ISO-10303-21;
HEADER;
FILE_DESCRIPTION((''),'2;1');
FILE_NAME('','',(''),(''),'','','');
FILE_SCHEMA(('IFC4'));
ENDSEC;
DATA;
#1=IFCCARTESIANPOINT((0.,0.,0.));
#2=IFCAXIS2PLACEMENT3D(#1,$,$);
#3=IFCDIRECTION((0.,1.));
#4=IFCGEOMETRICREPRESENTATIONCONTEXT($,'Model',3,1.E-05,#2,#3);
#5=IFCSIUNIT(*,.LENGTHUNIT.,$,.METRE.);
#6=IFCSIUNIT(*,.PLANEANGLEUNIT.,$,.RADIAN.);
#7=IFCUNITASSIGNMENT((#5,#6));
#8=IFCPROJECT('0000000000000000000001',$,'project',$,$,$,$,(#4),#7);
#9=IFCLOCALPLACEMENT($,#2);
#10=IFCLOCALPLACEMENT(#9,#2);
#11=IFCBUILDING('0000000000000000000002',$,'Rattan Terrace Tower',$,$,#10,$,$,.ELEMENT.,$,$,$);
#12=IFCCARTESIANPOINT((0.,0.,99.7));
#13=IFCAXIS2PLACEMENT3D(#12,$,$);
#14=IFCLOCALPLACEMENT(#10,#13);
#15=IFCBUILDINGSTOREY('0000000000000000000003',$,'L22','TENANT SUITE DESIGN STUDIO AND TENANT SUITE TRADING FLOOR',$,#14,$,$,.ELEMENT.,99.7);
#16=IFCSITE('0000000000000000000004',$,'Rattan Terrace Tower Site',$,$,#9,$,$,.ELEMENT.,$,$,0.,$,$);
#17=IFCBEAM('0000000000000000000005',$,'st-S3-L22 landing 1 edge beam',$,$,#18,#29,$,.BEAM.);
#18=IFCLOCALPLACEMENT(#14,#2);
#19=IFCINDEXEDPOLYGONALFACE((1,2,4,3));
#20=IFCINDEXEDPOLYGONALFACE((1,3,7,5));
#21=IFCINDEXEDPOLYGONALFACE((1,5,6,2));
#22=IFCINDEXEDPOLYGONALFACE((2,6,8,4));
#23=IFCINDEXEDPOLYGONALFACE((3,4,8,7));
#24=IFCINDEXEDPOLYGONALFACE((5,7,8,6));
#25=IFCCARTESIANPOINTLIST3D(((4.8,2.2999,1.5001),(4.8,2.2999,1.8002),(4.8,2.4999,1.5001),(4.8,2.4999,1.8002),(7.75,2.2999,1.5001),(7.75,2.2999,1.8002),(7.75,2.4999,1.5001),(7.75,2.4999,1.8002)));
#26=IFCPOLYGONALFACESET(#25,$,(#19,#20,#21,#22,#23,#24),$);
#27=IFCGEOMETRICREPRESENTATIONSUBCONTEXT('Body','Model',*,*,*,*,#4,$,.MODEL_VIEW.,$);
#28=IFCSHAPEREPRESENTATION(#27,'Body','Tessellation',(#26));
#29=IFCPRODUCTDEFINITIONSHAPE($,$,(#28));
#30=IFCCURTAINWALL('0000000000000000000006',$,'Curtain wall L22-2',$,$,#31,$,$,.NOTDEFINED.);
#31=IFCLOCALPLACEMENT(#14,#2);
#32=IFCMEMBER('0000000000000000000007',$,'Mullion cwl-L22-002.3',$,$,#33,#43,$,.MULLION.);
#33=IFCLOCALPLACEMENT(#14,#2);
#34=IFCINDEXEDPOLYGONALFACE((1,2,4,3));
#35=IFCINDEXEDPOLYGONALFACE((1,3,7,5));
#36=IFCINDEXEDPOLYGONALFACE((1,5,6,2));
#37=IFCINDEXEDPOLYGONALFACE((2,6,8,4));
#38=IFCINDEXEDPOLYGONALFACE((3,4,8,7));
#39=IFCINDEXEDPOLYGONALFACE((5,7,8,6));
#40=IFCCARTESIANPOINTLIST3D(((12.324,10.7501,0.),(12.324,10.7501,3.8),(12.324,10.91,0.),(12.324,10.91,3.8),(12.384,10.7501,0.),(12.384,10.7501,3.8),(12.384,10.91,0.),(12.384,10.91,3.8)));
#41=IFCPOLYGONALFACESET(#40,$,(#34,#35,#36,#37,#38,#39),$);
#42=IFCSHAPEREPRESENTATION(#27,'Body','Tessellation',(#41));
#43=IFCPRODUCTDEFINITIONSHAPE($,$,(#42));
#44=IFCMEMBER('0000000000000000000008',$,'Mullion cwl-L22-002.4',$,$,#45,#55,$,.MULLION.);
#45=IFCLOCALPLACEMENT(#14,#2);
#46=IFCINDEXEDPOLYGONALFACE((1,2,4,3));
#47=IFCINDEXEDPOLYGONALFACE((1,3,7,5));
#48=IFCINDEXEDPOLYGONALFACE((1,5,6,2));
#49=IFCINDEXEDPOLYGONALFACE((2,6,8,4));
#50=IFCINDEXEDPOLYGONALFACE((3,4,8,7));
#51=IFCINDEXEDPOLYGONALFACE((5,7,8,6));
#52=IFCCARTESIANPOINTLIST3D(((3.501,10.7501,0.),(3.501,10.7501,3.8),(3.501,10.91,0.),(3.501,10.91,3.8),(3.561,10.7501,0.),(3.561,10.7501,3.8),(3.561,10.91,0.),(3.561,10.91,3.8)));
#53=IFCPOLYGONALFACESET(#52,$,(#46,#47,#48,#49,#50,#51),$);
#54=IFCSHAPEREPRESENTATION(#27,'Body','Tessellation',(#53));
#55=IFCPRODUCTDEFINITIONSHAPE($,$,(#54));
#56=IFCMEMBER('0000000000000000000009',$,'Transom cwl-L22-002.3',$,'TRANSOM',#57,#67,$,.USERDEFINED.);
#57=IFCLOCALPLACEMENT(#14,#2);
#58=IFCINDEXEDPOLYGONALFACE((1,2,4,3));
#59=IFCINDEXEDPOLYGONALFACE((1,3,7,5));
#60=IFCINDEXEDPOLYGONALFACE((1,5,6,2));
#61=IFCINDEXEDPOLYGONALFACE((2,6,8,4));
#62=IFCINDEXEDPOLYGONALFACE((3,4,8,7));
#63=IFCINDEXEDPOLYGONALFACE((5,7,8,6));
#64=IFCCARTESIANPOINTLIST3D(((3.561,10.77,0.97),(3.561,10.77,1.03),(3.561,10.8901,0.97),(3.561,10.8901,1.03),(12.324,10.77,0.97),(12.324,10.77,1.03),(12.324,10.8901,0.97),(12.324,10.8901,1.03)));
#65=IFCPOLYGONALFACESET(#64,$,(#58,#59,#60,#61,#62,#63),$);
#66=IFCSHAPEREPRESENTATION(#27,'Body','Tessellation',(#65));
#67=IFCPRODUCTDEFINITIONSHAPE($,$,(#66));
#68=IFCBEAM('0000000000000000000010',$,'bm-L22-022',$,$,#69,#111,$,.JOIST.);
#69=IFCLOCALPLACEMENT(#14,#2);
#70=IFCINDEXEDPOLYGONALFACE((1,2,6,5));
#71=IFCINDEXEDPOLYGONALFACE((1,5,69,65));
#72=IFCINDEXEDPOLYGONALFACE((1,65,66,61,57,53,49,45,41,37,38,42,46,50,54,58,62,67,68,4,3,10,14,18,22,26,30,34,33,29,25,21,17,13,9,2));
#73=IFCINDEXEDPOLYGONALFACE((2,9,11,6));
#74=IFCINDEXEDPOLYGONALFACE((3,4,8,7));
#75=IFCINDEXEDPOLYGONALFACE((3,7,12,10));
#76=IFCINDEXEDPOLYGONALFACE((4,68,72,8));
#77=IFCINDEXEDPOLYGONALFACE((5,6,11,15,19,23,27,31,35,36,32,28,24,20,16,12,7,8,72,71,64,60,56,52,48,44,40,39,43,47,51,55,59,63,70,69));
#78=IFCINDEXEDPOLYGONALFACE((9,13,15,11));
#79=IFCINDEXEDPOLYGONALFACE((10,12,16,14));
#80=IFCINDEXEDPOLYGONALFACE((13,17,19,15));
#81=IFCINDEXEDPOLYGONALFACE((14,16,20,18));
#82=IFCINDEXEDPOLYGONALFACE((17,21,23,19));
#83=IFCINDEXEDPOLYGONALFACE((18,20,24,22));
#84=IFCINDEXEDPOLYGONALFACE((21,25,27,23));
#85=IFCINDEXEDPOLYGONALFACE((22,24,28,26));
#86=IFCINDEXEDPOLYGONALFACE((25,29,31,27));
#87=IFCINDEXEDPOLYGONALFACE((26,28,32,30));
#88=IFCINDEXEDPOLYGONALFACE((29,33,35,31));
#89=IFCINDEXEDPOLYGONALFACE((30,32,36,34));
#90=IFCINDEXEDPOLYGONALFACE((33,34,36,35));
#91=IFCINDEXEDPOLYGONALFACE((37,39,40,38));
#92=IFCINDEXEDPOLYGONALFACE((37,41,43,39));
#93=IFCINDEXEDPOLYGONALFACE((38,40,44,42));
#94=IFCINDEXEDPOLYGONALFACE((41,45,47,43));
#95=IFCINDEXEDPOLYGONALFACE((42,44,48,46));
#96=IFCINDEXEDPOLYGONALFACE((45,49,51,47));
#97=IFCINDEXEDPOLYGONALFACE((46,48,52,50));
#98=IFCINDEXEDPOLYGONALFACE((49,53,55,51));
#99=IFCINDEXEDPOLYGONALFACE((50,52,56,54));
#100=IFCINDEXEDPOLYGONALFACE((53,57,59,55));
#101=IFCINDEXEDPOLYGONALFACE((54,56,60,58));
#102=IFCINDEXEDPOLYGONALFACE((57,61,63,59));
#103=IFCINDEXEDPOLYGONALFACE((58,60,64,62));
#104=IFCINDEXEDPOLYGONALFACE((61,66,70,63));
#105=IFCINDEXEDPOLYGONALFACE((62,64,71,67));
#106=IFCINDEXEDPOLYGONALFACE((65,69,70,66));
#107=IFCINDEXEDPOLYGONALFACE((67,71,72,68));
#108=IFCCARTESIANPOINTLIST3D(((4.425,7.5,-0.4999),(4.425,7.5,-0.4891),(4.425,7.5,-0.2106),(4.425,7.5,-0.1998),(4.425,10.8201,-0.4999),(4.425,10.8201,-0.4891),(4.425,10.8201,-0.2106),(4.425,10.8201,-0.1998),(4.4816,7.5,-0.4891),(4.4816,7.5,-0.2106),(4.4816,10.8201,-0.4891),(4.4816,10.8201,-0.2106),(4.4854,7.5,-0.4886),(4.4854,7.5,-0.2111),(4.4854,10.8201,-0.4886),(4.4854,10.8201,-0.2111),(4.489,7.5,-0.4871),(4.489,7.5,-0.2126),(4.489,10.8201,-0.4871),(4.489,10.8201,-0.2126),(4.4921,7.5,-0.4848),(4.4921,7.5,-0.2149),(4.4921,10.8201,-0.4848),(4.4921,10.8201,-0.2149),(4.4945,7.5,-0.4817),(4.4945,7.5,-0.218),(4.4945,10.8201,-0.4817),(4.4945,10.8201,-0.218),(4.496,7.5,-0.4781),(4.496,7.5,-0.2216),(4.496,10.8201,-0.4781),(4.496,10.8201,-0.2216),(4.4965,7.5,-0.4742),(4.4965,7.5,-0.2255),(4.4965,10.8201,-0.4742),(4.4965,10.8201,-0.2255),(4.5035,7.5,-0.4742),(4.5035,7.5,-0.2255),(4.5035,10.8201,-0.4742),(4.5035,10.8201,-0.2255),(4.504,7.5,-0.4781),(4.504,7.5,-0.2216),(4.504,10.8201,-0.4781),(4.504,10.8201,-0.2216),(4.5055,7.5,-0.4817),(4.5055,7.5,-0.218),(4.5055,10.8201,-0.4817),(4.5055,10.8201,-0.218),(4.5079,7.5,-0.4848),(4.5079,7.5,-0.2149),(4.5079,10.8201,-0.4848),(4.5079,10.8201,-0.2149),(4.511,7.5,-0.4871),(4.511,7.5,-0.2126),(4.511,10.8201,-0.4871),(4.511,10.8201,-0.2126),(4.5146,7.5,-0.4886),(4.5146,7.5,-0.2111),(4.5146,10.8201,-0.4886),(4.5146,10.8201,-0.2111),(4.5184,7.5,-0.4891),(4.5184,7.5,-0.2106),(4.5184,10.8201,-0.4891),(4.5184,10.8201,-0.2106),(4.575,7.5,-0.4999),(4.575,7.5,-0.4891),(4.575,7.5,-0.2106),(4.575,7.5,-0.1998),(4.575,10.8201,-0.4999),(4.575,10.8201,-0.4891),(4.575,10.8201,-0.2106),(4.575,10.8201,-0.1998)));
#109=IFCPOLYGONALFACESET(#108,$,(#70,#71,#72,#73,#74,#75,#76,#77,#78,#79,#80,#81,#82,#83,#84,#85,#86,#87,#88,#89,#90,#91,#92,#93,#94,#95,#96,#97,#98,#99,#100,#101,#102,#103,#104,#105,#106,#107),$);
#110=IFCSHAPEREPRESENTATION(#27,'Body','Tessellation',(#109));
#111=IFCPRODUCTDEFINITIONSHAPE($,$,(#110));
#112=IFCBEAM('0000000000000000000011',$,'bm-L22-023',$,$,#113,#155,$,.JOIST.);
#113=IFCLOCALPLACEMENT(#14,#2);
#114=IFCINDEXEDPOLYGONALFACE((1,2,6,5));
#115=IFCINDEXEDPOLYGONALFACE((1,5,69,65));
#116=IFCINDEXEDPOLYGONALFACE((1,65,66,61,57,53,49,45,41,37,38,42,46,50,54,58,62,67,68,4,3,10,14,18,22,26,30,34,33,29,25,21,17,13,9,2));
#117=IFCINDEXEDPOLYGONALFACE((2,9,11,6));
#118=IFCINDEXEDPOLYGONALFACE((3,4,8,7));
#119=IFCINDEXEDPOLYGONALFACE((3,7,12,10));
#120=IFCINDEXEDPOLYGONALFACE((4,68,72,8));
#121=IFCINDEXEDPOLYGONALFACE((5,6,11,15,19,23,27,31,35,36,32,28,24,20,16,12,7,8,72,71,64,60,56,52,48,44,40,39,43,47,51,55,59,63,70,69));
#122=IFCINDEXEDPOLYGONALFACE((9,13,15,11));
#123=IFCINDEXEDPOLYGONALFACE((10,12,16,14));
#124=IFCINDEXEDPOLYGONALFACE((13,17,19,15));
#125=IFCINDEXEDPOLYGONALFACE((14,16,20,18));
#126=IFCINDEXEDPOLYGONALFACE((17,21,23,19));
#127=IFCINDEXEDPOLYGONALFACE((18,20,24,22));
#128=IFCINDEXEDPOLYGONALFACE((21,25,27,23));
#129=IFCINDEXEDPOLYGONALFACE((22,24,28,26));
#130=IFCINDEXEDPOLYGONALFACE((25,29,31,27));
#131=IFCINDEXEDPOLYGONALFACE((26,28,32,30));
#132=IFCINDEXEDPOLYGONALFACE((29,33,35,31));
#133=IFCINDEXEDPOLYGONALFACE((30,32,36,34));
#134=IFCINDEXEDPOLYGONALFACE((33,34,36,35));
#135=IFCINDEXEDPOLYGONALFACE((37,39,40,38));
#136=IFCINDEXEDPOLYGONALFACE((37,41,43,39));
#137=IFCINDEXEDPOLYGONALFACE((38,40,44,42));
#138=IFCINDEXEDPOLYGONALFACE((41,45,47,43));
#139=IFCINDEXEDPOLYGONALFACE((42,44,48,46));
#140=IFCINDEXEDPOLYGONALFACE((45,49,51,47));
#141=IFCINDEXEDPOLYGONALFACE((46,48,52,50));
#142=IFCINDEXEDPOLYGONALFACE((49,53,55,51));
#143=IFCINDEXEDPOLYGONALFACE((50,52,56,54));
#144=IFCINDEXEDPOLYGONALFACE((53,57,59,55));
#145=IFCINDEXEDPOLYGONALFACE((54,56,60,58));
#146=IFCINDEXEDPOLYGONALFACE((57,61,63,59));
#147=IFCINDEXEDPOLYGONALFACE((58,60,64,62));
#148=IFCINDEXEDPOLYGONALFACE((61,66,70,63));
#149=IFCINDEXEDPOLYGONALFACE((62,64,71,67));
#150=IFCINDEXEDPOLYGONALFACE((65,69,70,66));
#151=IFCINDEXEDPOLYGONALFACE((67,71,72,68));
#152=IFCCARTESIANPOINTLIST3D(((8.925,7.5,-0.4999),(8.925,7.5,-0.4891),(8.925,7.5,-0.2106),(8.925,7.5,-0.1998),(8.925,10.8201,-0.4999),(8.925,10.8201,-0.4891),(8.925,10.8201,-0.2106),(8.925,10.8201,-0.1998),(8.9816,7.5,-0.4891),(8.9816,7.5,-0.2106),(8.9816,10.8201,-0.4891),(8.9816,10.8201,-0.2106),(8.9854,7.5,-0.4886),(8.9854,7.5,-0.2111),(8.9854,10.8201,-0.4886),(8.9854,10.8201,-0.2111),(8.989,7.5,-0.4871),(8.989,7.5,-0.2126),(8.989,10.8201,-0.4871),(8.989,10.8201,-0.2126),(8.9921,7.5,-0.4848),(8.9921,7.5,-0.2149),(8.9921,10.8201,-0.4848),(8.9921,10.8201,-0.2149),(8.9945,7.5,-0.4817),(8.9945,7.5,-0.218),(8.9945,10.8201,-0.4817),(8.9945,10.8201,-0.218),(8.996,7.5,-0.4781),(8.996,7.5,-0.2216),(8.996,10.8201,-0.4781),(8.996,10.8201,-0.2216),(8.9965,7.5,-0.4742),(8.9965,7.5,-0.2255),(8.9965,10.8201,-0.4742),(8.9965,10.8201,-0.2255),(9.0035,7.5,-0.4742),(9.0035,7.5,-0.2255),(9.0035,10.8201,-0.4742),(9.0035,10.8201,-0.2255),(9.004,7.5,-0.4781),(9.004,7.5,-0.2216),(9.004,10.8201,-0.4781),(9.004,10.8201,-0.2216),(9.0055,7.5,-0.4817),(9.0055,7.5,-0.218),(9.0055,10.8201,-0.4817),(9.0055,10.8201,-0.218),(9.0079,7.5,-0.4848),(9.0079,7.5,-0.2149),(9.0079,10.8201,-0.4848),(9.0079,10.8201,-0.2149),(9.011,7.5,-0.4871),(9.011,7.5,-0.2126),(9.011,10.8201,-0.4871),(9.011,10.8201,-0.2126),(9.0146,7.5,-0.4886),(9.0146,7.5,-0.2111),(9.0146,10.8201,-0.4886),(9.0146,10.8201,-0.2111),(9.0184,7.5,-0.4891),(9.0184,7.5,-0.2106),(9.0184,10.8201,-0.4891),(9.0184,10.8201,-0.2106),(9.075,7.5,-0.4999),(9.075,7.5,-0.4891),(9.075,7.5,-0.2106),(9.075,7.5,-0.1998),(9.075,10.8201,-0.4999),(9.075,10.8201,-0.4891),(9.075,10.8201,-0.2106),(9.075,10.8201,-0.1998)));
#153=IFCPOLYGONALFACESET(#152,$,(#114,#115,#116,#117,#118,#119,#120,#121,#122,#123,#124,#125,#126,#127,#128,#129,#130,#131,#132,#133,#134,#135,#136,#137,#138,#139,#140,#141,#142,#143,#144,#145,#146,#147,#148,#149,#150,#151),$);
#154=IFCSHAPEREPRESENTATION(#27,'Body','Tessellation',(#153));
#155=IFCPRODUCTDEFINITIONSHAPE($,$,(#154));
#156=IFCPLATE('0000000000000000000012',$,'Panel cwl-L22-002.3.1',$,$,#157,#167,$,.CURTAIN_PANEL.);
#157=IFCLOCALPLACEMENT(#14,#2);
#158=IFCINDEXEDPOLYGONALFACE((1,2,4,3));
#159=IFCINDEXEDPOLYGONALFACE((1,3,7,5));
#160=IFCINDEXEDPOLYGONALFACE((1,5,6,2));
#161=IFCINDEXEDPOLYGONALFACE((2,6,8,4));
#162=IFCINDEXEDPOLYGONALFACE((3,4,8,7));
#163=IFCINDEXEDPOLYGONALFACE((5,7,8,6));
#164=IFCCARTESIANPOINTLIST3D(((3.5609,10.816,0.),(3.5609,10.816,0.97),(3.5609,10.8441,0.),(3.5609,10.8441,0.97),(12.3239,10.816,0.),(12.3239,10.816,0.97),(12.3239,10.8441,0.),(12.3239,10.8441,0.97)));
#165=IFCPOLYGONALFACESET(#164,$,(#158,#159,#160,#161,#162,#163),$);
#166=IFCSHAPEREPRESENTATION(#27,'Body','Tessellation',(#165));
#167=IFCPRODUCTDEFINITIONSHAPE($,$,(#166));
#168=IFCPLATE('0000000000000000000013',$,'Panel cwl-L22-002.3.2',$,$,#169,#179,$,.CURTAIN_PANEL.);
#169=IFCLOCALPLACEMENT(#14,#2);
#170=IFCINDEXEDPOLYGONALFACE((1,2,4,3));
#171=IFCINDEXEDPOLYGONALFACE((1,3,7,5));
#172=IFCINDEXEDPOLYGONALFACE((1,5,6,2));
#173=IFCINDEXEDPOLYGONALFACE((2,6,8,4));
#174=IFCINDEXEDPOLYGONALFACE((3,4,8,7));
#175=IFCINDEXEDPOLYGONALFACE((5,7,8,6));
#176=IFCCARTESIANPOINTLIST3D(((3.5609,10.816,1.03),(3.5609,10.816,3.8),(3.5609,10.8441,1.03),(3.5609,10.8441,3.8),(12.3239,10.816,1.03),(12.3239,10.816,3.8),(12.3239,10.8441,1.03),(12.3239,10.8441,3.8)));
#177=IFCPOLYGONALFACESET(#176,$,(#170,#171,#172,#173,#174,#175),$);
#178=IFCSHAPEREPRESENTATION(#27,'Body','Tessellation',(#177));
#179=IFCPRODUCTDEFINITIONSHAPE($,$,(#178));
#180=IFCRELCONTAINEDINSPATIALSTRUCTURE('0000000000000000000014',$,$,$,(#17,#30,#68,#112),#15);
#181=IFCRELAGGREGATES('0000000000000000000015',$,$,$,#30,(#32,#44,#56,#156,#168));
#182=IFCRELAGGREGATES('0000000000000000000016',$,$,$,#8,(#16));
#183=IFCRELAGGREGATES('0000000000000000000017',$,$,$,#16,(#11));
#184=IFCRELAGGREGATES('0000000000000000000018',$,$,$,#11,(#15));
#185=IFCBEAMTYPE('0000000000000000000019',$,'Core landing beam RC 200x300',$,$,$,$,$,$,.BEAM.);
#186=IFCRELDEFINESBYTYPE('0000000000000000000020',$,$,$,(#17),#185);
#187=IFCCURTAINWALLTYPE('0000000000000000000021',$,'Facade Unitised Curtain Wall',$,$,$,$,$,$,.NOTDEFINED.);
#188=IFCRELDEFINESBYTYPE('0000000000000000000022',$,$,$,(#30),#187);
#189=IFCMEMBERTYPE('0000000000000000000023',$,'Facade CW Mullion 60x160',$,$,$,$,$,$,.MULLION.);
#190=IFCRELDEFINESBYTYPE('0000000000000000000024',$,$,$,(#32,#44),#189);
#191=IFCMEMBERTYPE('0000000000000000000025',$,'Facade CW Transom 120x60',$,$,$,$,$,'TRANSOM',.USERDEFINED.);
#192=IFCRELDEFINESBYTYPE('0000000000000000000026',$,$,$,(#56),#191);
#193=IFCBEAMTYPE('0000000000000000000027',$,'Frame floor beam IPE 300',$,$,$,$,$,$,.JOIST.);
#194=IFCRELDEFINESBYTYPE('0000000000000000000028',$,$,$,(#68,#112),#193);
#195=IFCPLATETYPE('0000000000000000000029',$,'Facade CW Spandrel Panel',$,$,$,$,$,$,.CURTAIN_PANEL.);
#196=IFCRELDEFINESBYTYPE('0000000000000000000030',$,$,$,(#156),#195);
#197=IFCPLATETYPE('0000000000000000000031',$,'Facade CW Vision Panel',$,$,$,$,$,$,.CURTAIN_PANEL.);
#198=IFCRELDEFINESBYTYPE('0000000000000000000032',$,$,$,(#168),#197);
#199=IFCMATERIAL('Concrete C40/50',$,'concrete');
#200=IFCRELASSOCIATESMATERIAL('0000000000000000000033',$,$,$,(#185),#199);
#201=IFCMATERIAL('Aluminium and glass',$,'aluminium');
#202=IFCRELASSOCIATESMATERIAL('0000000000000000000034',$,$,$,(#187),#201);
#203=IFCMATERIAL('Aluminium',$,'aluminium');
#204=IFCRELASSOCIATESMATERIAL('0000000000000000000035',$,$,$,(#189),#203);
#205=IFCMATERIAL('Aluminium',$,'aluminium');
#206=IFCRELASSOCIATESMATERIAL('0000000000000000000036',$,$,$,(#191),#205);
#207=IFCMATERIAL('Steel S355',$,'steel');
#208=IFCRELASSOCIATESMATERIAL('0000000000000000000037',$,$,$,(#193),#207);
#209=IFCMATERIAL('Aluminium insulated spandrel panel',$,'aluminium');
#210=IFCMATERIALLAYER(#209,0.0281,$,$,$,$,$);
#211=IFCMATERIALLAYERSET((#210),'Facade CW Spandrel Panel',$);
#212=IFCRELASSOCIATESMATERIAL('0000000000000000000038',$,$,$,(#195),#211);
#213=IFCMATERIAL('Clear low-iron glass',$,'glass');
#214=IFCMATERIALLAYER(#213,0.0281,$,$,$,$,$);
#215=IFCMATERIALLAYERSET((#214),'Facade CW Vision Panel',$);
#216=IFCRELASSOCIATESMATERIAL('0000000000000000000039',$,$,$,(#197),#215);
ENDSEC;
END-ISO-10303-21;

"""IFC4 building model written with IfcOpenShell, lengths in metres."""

from ifc_helpers import new_model, si_unit, direction, frame, origin, origin_2d, place, context, subcontext, project, spatial, rectangle, i_section, extrude, material, layer, layer_set, material_profile, profile_set, type_object, element, aggregate, save


model = new_model("IFC4")

# Units and contexts
model_context = context("Model", 3, precision=1e-05, world=origin(), true_north=direction((0.0, 1.0)))
body_context = subcontext(model_context, "Body", "Model", "MODEL_VIEW")
ifc_project = project(units=[si_unit("LENGTHUNIT", "METRE"), si_unit("PLANEANGLEUNIT", "RADIAN")], contexts=[model_context])

# Site, building, storey
site_placement = place(None, origin())
site = spatial("IfcSite", under=ifc_project, at=site_placement, Name="Rattan Terrace Tower Site", CompositionType="ELEMENT", RefElevation=0.0)
building_placement = place(site_placement, origin())
building = spatial("IfcBuilding", under=site, at=building_placement, Name="Rattan Terrace Tower", CompositionType="ELEMENT")
storey_placement = place(building_placement, frame((0.0, 0.0, 99.7)))
storey = spatial("IfcBuildingStorey", under=building, at=storey_placement, Name="L22", Description="TENANT SUITE DESIGN STUDIO AND TENANT SUITE TRADING FLOOR", CompositionType="ELEMENT", Elevation=99.7)

# Beam
ifc_material_1 = material(Name="Concrete C40/50", Category="concrete")
ifc_material_profile_1 = material_profile(ifc_material_1, rectangle(XDim=0.2, YDim=0.3, at=origin_2d()), Name="RC 200x300")
ifc_profile_set_1 = profile_set([ifc_material_profile_1], Name="Concrete C40/50")
beam_type_1 = type_object("IfcBeamType", Name="Core landing beam RC 200x300", PredefinedType="BEAM", material=ifc_profile_set_1)
beam_placement = place(storey_placement, frame((4.8, 2.3999, 1.6501), z_axis=(1.0, 0.0, 0.0), x_axis=(0.0, 1.0, 0.0)))
element("IfcBeam", 1, at=beam_placement, inside=storey, type_object=beam_type_1, Name="st-S3-L22 landing 1 edge beam", PredefinedType="BEAM", context=body_context, shape_type="SweptSolid", body=[
    extrude(rectangle(XDim=0.2, YDim=0.3, at=origin_2d()), origin(), (0.0, 0.0, 1.0), 2.95),
])

# Curtain wall, members
ifc_material_2 = material(Name="Aluminium and glass", Category="aluminium")
curtain_wall_type = type_object("IfcCurtainWallType", Name="Facade Unitised Curtain Wall", PredefinedType="NOTDEFINED", material=ifc_material_2)
curtain_wall_placement = place(storey_placement, origin())
curtain_wall = element("IfcCurtainWall", 2, at=curtain_wall_placement, inside=storey, type_object=curtain_wall_type, Name="Curtain wall L22-2", PredefinedType="NOTDEFINED")
ifc_material_3 = material(Name="Aluminium", Category="aluminium")
ifc_material_profile_2 = material_profile(ifc_material_3, rectangle(XDim=0.0601, YDim=0.1599, at=origin_2d()), Name="Aluminium 60x160")
ifc_profile_set_2 = profile_set([ifc_material_profile_2], Name="Aluminium")
member_type_1 = type_object("IfcMemberType", Name="Facade CW Mullion 60x160", PredefinedType="MULLION", material=ifc_profile_set_2)
member_1_placement = place(storey_placement, frame((12.354, 10.8301, 0.0), z_axis=(0.0, 0.0, 1.0), x_axis=(-1.0, 0.0, 0.0)))
member_1 = element("IfcMember", 3, at=member_1_placement, type_object=member_type_1, Name="Mullion cwl-L22-002.3", PredefinedType="MULLION", context=body_context, shape_type="SweptSolid", body=[
    extrude(rectangle(XDim=0.0601, YDim=0.1599, at=origin_2d()), origin(), (0.0, 0.0, 1.0), 3.8),
])
member_2_placement = place(storey_placement, frame((3.531, 10.8301, 0.0), z_axis=(0.0, 0.0, 1.0), x_axis=(-1.0, 0.0, 0.0)))
member_2 = element("IfcMember", 4, at=member_2_placement, type_object=member_type_1, Name="Mullion cwl-L22-002.4", PredefinedType="MULLION", context=body_context, shape_type="SweptSolid", body=[
    extrude(rectangle(XDim=0.0601, YDim=0.1599, at=origin_2d()), origin(), (0.0, 0.0, 1.0), 3.8),
])
ifc_material_4 = material(Name="Aluminium", Category="aluminium")
ifc_material_profile_3 = material_profile(ifc_material_4, rectangle(XDim=0.1201, YDim=0.0601, at=origin_2d()), Name="Aluminium 120x60")
ifc_profile_set_3 = profile_set([ifc_material_profile_3], Name="Aluminium")
member_type_2 = type_object("IfcMemberType", Name="Facade CW Transom 120x60", ElementType="TRANSOM", PredefinedType="USERDEFINED", material=ifc_profile_set_3)
member_3_placement = place(storey_placement, frame((12.324, 10.8301, 1.0), z_axis=(-1.0, 0.0, 0.0), x_axis=(0.0, -1.0, 0.0)))
member_3 = element("IfcMember", 5, at=member_3_placement, type_object=member_type_2, Name="Transom cwl-L22-002.3", ObjectType="TRANSOM", PredefinedType="USERDEFINED", context=body_context, shape_type="SweptSolid", body=[
    extrude(rectangle(XDim=0.1201, YDim=0.0601, at=origin_2d()), origin(), (0.0, 0.0, 1.0), 8.7629),
])

# Beams
ifc_material_5 = material(Name="Steel S355", Category="steel")
ifc_material_profile_4 = material_profile(ifc_material_5, i_section(OverallWidth=0.1499, OverallDepth=0.3, WebThickness=0.0071, FlangeThickness=0.0107, FilletRadius=0.0149, at=origin_2d()), Name="IPE 300")
ifc_profile_set_4 = profile_set([ifc_material_profile_4], Name="Steel S355")
beam_type_2 = type_object("IfcBeamType", Name="Frame floor beam IPE 300", PredefinedType="JOIST", material=ifc_profile_set_4)
for number, where, z_axis, x_axis, name in (
    (6, (4.5, 7.5, -0.3499), (0.0, 1.0, 0.0), (-1.0, 0.0, 0.0), "bm-L22-022"),
    (7, (9.0, 7.5, -0.3499), (0.0, 1.0, 0.0), (-1.0, 0.0, 0.0), "bm-L22-023"),
):
    element("IfcBeam", number, at=place(storey_placement, frame(where, z_axis=z_axis, x_axis=x_axis)), inside=storey, type_object=beam_type_2, Name=name, PredefinedType="JOIST", context=body_context, shape_type="SweptSolid", body=[
        extrude(i_section(OverallWidth=0.1499, OverallDepth=0.3, WebThickness=0.0071, FlangeThickness=0.0107, FilletRadius=0.0149, at=origin_2d()), origin(), (0.0, 0.0, 1.0), 3.3201),
    ])

# Plates
ifc_material_6 = material(Name="Aluminium insulated spandrel panel", Category="aluminium")
ifc_layer_1 = layer(ifc_material_6, 0.0281)
ifc_layer_set_1 = layer_set([ifc_layer_1], Name="Facade CW Spandrel Panel")
plate_type_1 = type_object("IfcPlateType", Name="Facade CW Spandrel Panel", PredefinedType="CURTAIN_PANEL", material=ifc_layer_set_1)
plate_1_placement = place(storey_placement, frame((7.9424, 10.8301, 0.0), z_axis=(0.0, 0.0, 1.0), x_axis=(-1.0, 0.0, 0.0)))
plate_1 = element("IfcPlate", 8, at=plate_1_placement, type_object=plate_type_1, Name="Panel cwl-L22-002.3.1", PredefinedType="CURTAIN_PANEL", context=body_context, shape_type="SweptSolid", body=[
    extrude(rectangle(XDim=8.7629, YDim=0.0281, at=origin_2d()), origin(), (0.0, 0.0, 1.0), 0.97),
])
ifc_material_7 = material(Name="Clear low-iron glass", Category="glass")
ifc_layer_2 = layer(ifc_material_7, 0.0281)
ifc_layer_set_2 = layer_set([ifc_layer_2], Name="Facade CW Vision Panel")
plate_type_2 = type_object("IfcPlateType", Name="Facade CW Vision Panel", PredefinedType="CURTAIN_PANEL", material=ifc_layer_set_2)
plate_2_placement = place(storey_placement, frame((7.9424, 10.8301, 1.03), z_axis=(0.0, 0.0, 1.0), x_axis=(-1.0, 0.0, 0.0)))
plate_2 = element("IfcPlate", 9, at=plate_2_placement, type_object=plate_type_2, Name="Panel cwl-L22-002.3.2", PredefinedType="CURTAIN_PANEL", context=body_context, shape_type="SweptSolid", body=[
    extrude(rectangle(XDim=8.7629, YDim=0.0281, at=origin_2d()), origin(), (0.0, 0.0, 1.0), 2.77),
])
aggregate(curtain_wall, [member_1, member_2, member_3, plate_1, plate_2])

save(model, "model.ifc")
